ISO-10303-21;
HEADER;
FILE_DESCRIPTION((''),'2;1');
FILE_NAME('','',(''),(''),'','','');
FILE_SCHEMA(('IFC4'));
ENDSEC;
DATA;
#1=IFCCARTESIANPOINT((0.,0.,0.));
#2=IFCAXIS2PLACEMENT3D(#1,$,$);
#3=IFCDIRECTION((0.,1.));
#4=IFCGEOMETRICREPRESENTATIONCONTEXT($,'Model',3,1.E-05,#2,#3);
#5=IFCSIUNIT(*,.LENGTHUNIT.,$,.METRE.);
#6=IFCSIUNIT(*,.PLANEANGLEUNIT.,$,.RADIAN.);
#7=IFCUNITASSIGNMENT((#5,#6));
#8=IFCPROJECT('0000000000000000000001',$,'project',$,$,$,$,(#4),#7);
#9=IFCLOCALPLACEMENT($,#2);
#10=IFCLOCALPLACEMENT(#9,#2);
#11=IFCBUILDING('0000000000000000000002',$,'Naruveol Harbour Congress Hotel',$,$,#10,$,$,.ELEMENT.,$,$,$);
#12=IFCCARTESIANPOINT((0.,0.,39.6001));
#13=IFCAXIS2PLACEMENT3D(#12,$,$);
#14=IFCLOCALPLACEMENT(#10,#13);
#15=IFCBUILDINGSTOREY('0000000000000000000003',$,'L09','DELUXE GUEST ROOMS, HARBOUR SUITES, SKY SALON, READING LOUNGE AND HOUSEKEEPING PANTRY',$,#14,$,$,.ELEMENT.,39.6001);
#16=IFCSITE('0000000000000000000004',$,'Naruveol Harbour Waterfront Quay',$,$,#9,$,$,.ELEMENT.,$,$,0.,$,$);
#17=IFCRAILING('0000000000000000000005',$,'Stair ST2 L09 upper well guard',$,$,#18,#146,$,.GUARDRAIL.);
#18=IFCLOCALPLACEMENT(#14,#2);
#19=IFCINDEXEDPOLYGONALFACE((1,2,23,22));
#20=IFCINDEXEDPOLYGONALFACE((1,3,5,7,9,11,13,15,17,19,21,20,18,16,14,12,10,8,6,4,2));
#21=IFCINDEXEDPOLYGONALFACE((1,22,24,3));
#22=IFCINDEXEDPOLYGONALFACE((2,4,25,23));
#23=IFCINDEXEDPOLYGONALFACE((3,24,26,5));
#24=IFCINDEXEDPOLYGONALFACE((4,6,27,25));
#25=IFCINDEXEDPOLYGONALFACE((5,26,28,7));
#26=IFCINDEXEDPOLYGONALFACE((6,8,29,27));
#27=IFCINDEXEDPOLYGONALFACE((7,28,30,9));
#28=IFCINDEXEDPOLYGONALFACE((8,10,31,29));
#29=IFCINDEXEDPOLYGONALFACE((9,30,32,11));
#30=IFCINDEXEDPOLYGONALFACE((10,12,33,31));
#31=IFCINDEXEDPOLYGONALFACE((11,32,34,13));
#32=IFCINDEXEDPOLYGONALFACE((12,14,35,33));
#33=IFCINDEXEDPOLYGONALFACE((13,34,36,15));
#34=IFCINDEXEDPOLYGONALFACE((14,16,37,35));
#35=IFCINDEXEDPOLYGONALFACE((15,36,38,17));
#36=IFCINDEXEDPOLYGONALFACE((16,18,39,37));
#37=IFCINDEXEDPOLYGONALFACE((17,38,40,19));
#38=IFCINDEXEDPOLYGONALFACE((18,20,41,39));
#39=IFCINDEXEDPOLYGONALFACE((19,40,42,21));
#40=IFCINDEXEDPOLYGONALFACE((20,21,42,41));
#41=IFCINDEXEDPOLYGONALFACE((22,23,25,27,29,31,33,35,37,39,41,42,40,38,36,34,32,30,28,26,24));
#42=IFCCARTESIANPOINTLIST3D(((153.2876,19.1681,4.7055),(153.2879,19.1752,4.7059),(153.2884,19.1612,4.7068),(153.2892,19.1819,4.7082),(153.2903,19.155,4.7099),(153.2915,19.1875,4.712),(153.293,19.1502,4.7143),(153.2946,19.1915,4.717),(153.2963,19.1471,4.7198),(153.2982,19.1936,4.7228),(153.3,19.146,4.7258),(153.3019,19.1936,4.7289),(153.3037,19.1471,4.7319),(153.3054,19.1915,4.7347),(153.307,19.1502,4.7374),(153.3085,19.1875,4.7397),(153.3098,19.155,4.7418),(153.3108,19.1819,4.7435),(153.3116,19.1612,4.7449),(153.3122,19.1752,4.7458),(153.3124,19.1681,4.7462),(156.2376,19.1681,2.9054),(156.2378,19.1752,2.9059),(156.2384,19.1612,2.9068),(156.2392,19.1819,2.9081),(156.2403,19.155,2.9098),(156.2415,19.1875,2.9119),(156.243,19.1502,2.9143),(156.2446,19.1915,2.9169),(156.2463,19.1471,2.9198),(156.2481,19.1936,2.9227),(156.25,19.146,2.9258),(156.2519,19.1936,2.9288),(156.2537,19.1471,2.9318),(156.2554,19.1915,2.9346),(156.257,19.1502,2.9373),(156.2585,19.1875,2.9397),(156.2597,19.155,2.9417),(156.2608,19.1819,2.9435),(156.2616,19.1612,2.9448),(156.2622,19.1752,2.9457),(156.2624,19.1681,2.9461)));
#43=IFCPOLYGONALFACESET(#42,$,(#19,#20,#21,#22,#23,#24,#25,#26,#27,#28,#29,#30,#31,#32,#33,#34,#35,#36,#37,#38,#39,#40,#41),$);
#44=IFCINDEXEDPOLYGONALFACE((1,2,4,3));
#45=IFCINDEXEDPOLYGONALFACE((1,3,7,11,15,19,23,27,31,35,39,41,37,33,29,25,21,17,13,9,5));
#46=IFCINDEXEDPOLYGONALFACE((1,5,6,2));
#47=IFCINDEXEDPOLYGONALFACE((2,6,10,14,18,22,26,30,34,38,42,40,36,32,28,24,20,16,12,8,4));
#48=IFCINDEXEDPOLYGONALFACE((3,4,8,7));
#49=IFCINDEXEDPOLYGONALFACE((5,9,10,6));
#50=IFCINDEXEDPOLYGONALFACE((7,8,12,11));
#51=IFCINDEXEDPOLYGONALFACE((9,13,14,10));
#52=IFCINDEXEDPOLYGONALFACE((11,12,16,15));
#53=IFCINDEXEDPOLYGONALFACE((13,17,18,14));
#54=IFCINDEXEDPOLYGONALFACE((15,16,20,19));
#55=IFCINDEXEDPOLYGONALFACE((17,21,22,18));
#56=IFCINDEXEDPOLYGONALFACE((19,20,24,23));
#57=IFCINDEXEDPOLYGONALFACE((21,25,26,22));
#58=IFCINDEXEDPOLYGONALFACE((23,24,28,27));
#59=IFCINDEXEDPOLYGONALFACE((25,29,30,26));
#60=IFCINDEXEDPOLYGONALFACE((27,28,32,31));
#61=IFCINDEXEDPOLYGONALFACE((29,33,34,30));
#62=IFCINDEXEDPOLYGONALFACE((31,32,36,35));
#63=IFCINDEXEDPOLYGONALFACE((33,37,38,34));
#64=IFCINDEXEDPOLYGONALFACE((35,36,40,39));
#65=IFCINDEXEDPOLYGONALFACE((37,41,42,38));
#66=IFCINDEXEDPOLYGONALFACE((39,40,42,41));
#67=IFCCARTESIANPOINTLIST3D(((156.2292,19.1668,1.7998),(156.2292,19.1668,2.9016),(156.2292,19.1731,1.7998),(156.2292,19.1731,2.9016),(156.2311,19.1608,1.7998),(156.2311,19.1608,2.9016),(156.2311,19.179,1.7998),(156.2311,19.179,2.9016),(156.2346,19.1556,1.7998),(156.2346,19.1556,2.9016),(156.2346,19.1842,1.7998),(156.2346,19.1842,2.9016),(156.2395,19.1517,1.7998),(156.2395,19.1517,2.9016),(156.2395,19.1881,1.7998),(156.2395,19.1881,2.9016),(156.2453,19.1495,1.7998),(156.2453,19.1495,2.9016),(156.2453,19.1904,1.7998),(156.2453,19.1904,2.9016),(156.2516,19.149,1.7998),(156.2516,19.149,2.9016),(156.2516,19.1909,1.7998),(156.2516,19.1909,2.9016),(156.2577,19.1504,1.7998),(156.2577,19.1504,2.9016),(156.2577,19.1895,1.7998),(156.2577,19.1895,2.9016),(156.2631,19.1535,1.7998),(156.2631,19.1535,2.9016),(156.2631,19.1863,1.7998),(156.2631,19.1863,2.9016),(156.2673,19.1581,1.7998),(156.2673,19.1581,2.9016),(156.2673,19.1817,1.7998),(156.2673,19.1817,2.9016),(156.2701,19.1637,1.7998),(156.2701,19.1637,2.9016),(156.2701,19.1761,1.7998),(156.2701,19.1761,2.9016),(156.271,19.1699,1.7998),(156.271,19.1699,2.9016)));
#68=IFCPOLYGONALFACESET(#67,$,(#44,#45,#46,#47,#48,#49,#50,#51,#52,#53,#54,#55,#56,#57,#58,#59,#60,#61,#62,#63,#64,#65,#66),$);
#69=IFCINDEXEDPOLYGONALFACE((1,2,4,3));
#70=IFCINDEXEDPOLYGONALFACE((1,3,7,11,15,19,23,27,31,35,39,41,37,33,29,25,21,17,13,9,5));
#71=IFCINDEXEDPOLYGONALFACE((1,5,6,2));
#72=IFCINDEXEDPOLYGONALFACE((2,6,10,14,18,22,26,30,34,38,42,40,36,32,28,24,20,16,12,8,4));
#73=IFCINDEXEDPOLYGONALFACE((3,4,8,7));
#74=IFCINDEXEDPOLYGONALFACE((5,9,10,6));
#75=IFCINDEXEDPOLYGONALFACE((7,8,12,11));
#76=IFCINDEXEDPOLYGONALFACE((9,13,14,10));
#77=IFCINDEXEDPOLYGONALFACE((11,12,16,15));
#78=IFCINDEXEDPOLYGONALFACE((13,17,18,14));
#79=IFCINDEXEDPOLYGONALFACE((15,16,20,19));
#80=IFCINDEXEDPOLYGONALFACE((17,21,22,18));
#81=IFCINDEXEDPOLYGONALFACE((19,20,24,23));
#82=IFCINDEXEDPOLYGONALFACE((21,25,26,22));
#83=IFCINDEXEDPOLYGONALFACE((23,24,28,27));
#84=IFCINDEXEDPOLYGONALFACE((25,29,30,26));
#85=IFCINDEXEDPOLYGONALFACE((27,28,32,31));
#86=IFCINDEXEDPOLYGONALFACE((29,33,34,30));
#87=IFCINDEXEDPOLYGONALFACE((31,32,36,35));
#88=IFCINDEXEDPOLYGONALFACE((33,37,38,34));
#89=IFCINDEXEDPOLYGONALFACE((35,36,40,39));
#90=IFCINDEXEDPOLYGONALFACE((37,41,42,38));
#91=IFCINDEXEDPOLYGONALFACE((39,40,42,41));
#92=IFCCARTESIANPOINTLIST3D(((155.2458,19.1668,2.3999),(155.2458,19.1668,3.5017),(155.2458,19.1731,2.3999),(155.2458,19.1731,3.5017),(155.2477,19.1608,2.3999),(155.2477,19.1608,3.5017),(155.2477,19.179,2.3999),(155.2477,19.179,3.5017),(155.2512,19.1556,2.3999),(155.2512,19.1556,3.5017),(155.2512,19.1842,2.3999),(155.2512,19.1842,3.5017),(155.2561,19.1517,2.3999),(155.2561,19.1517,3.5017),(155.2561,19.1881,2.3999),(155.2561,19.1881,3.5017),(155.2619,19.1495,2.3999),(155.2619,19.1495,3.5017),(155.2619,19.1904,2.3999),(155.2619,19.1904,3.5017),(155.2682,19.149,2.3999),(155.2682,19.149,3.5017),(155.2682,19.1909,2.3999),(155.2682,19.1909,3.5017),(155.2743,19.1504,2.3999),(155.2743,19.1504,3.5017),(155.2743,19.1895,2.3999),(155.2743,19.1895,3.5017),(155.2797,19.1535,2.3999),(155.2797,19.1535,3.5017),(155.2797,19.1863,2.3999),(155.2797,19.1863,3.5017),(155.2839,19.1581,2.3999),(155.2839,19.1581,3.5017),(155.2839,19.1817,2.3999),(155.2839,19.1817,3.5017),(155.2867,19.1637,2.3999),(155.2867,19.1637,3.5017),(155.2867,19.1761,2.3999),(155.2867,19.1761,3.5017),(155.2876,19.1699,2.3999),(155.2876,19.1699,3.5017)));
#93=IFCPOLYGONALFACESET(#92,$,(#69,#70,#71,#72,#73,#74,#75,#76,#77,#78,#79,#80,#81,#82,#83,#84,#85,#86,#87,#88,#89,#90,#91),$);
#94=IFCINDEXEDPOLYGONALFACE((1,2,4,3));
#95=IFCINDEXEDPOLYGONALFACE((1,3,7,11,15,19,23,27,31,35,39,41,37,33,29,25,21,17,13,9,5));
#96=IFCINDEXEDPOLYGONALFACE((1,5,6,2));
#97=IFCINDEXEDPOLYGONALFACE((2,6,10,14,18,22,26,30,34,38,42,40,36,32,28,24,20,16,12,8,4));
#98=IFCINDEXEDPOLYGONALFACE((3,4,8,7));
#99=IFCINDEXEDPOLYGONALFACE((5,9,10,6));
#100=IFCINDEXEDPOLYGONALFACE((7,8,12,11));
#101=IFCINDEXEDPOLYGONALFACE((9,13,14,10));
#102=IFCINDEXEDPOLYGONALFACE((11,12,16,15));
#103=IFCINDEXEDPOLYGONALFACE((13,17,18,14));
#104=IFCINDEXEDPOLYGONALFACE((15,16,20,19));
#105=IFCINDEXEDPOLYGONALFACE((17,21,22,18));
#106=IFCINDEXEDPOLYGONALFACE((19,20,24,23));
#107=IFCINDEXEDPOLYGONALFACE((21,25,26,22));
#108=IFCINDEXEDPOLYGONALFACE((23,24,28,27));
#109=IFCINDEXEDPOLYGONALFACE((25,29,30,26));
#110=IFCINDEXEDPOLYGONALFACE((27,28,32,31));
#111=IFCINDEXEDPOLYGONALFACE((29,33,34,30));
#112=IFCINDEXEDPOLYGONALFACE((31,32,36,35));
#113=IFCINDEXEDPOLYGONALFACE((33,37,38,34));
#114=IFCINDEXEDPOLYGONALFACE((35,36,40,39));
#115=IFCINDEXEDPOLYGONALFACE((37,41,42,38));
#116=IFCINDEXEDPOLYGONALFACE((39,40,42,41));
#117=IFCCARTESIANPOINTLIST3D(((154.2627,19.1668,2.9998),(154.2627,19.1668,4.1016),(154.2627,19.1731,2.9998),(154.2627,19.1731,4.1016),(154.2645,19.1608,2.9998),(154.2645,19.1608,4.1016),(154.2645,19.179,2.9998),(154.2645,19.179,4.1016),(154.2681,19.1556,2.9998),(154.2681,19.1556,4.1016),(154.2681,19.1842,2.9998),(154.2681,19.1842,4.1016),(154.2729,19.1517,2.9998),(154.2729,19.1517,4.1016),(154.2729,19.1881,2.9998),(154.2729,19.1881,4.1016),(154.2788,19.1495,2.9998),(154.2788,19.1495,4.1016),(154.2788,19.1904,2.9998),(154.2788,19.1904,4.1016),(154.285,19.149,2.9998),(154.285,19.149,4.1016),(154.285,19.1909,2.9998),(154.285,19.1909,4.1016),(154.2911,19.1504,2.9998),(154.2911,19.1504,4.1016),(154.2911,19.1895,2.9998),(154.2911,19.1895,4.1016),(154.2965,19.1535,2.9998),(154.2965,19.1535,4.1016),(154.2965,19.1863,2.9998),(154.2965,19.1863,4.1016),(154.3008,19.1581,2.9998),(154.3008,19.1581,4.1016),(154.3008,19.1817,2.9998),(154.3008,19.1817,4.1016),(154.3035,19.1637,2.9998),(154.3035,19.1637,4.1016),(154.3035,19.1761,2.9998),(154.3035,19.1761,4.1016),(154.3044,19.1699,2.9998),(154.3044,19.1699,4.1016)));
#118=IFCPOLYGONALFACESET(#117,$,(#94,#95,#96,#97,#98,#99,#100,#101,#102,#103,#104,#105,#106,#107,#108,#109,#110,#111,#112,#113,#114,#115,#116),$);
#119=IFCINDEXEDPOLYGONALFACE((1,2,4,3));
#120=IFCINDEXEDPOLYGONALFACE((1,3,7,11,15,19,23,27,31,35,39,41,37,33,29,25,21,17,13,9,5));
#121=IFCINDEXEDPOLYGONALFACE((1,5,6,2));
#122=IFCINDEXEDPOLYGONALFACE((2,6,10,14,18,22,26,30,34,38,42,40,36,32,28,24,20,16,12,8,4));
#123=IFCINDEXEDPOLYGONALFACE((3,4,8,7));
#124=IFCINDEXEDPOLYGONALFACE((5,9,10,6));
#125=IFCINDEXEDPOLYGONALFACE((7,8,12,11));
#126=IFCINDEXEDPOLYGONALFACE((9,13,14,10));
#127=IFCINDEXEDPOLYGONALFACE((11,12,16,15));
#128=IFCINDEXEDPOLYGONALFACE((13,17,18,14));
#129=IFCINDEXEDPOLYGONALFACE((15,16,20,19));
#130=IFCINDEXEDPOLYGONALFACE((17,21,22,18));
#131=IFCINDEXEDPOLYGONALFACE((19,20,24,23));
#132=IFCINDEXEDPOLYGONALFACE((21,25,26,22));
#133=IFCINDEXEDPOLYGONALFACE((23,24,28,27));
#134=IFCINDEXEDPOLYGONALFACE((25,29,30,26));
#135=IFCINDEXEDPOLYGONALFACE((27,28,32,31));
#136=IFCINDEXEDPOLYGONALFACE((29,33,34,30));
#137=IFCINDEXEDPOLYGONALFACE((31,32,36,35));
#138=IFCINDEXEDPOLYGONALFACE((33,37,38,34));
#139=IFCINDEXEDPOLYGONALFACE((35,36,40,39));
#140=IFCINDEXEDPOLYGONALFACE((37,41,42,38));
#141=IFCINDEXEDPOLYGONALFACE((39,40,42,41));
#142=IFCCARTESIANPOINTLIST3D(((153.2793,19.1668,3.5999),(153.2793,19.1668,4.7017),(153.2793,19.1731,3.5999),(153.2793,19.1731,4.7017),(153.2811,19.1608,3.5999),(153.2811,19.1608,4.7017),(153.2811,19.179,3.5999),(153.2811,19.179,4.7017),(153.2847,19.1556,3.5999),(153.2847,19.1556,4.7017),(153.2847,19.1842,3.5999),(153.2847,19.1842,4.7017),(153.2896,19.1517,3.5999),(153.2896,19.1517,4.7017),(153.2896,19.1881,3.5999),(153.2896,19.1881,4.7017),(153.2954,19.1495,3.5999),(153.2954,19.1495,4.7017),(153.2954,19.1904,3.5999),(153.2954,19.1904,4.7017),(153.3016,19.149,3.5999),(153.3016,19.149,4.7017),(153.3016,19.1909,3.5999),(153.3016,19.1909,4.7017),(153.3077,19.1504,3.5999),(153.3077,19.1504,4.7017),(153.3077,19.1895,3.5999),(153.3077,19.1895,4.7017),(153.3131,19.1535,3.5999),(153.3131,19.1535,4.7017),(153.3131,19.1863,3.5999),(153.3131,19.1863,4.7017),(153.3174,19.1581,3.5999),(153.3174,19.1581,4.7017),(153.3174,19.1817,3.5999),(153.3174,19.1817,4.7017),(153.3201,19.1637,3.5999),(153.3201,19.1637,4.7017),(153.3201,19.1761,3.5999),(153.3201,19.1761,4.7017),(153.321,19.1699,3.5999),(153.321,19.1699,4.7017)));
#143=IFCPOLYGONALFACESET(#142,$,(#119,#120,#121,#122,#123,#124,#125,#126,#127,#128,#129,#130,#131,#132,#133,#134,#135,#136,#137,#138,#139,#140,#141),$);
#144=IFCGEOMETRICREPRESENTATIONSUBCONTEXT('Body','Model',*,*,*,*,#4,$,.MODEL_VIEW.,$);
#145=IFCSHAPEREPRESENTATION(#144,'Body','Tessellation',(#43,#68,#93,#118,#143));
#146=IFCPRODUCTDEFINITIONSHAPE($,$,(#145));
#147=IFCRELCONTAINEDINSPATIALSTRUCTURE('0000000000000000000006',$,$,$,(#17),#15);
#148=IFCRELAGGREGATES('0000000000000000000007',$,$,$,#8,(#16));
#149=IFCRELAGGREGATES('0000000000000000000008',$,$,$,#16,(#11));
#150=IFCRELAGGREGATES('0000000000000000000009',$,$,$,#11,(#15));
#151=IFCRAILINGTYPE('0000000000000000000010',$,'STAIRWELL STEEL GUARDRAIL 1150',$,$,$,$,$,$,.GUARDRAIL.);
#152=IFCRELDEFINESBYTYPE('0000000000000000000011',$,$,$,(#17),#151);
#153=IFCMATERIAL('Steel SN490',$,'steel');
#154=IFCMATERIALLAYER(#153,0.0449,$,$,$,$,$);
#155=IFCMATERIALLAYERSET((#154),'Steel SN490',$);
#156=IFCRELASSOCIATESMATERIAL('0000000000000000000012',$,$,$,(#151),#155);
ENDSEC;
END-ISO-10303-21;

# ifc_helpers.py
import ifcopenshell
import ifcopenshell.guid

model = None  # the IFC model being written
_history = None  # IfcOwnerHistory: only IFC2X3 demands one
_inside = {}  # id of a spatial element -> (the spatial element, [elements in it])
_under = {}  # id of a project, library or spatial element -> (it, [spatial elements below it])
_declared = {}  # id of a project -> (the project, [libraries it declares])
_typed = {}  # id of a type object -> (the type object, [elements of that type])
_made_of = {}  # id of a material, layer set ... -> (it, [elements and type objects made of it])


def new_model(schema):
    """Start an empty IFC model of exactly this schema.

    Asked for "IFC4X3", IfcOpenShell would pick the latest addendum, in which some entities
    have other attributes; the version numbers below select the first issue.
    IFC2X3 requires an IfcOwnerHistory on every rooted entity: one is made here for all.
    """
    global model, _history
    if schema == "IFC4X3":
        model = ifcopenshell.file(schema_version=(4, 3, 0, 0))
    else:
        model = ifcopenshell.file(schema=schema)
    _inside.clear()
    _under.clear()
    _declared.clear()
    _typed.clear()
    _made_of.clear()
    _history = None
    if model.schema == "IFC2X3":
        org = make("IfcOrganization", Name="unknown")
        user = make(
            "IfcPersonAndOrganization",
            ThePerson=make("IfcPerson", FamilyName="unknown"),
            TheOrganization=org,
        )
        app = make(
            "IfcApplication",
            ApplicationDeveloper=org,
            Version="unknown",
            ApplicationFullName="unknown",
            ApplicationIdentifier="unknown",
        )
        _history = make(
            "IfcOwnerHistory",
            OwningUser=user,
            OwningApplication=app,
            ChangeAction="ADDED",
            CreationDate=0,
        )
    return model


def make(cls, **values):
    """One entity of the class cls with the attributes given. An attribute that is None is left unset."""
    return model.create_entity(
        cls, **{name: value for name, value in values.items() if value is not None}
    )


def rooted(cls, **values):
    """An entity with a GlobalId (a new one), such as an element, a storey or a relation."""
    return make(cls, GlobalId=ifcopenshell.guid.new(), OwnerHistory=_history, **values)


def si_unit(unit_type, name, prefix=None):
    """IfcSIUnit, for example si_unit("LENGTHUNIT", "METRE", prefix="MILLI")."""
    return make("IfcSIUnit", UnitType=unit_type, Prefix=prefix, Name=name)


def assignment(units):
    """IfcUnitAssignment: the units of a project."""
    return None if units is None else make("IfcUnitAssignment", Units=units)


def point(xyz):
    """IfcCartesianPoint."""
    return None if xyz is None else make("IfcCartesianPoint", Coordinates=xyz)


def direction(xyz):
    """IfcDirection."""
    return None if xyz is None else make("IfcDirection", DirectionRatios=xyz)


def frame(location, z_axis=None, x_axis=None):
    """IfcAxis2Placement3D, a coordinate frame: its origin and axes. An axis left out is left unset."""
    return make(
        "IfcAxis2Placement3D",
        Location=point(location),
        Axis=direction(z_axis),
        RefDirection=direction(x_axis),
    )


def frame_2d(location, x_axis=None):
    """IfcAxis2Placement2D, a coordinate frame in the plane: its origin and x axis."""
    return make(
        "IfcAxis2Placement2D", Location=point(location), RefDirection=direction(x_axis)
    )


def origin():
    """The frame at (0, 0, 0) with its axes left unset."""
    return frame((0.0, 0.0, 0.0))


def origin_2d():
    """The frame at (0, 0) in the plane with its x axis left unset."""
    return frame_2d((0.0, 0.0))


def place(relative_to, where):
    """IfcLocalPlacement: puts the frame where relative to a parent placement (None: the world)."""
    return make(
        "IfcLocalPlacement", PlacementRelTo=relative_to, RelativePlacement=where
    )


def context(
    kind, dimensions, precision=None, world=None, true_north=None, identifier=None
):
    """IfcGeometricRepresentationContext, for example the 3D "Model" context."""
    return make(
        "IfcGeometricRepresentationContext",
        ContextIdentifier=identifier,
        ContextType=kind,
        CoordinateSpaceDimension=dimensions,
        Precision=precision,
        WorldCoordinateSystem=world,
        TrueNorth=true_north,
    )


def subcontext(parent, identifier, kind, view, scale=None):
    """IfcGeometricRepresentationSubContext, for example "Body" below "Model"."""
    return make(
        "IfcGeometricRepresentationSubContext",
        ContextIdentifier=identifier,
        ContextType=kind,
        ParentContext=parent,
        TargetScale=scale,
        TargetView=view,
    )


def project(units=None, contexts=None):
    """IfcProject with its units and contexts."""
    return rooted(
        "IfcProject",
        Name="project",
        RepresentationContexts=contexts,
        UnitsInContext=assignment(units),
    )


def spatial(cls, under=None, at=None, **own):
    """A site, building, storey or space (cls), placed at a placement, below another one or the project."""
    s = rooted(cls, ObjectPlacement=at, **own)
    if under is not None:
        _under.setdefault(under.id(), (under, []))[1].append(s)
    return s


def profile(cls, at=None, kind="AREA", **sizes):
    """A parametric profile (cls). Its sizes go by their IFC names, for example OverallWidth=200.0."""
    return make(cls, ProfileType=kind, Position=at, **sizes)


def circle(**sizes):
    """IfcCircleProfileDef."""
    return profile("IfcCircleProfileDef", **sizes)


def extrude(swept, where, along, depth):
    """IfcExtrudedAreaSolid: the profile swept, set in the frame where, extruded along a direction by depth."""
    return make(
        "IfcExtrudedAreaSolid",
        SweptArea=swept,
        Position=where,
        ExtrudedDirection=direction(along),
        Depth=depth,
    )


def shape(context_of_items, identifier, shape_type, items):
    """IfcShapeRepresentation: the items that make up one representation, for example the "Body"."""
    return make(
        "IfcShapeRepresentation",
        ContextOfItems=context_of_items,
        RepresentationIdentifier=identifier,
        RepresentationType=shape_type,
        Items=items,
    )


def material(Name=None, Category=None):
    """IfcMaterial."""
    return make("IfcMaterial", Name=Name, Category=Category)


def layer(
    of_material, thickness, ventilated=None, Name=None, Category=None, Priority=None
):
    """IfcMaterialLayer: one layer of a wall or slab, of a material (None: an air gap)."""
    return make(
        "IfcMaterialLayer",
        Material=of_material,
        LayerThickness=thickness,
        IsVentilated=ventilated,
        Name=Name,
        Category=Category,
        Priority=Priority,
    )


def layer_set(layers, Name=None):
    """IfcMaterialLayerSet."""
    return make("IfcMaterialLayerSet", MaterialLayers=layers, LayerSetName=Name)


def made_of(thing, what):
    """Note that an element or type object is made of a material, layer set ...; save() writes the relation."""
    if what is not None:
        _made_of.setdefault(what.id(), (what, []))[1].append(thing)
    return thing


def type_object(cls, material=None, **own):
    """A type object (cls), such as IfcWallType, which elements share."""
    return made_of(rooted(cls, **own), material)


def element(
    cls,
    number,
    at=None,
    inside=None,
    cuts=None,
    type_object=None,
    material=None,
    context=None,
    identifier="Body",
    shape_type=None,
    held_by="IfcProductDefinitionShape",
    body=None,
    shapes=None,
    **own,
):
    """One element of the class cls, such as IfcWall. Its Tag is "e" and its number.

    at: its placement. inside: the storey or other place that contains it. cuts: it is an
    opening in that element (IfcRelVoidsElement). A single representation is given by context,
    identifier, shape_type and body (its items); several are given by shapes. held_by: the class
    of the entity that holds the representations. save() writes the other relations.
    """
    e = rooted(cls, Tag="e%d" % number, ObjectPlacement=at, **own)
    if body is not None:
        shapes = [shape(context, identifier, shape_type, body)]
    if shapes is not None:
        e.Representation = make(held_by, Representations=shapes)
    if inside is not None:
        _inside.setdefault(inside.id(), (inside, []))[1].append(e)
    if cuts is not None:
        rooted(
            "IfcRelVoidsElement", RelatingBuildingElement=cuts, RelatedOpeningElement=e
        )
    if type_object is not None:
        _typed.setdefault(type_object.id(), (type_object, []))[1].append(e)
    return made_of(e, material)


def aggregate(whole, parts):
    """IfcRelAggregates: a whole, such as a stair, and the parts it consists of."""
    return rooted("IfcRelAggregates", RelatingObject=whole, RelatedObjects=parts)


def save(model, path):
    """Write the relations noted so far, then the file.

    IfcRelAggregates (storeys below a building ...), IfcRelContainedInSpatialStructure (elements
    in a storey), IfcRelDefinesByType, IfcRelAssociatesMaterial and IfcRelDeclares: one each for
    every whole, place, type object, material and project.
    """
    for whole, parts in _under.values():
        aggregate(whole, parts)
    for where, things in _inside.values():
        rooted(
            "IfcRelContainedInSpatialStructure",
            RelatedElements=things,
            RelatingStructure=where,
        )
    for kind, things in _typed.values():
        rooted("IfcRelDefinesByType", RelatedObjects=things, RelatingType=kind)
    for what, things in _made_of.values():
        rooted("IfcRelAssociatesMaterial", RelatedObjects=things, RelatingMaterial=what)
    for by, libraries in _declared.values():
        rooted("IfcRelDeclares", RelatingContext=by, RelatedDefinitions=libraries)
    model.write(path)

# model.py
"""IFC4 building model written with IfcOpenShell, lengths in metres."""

from ifc_helpers import new_model, si_unit, direction, frame, origin, origin_2d, place, context, subcontext, project, spatial, circle, extrude, material, layer, layer_set, type_object, element, save


model = new_model("IFC4")

# Units and contexts
model_context = context("Model", 3, precision=1e-05, world=origin(), true_north=direction((0.0, 1.0)))
body_context = subcontext(model_context, "Body", "Model", "MODEL_VIEW")
ifc_project = project(units=[si_unit("LENGTHUNIT", "METRE"), si_unit("PLANEANGLEUNIT", "RADIAN")], contexts=[model_context])

# Site, building, storey
site_placement = place(None, origin())
site = spatial("IfcSite", under=ifc_project, at=site_placement, Name="Naruveol Harbour Waterfront Quay", CompositionType="ELEMENT", RefElevation=0.0)
building_placement = place(site_placement, origin())
building = spatial("IfcBuilding", under=site, at=building_placement, Name="Naruveol Harbour Congress Hotel", CompositionType="ELEMENT")
storey_placement = place(building_placement, frame((0.0, 0.0, 39.6001)))
storey = spatial("IfcBuildingStorey", under=building, at=storey_placement, Name="L09", Description="DELUXE GUEST ROOMS, HARBOUR SUITES, SKY SALON, READING LOUNGE AND HOUSEKEEPING PANTRY", CompositionType="ELEMENT", Elevation=39.6001)

# Railing
ifc_material_1 = material(Name="Steel SN490", Category="steel")
ifc_layer_1 = layer(ifc_material_1, 0.0449)
ifc_layer_set_1 = layer_set([ifc_layer_1], Name="Steel SN490")
railing_type_1 = type_object("IfcRailingType", Name="STAIRWELL STEEL GUARDRAIL 1150", PredefinedType="GUARDRAIL", material=ifc_layer_set_1)
railing_1_placement = place(storey_placement, frame((156.25, 19.1699, 1.7998)))
element("IfcRailing", 1, at=railing_1_placement, inside=storey, type_object=railing_type_1, Name="Stair ST2 L09 upper well guard", PredefinedType="GUARDRAIL", context=body_context, shape_type="SweptSolid", body=[
    extrude(circle(Radius=0.0239, at=origin_2d()), frame((0.0, 0.0, 1.126), z_axis=(-0.853629, 0.0, 0.520881), x_axis=(0.0, -1.0, 0.0)), (0.0, 0.0, 1.0), 3.4558),
    extrude(circle(Radius=0.021, at=origin_2d()), origin(), (0.0, 0.0, 1.0), 1.1018),
    extrude(circle(Radius=0.021, at=origin_2d()), frame((-0.9834, 0.0, 0.6001)), (0.0, 0.0, 1.0), 1.1018),
    extrude(circle(Radius=0.021, at=origin_2d()), frame((-1.9666, 0.0, 1.2)), (0.0, 0.0, 1.0), 1.1018),
    extrude(circle(Radius=0.021, at=origin_2d()), frame((-2.95, 0.0, 1.8)), (0.0, 0.0, 1.0), 1.1018),
])

save(model, "model.ifc")
